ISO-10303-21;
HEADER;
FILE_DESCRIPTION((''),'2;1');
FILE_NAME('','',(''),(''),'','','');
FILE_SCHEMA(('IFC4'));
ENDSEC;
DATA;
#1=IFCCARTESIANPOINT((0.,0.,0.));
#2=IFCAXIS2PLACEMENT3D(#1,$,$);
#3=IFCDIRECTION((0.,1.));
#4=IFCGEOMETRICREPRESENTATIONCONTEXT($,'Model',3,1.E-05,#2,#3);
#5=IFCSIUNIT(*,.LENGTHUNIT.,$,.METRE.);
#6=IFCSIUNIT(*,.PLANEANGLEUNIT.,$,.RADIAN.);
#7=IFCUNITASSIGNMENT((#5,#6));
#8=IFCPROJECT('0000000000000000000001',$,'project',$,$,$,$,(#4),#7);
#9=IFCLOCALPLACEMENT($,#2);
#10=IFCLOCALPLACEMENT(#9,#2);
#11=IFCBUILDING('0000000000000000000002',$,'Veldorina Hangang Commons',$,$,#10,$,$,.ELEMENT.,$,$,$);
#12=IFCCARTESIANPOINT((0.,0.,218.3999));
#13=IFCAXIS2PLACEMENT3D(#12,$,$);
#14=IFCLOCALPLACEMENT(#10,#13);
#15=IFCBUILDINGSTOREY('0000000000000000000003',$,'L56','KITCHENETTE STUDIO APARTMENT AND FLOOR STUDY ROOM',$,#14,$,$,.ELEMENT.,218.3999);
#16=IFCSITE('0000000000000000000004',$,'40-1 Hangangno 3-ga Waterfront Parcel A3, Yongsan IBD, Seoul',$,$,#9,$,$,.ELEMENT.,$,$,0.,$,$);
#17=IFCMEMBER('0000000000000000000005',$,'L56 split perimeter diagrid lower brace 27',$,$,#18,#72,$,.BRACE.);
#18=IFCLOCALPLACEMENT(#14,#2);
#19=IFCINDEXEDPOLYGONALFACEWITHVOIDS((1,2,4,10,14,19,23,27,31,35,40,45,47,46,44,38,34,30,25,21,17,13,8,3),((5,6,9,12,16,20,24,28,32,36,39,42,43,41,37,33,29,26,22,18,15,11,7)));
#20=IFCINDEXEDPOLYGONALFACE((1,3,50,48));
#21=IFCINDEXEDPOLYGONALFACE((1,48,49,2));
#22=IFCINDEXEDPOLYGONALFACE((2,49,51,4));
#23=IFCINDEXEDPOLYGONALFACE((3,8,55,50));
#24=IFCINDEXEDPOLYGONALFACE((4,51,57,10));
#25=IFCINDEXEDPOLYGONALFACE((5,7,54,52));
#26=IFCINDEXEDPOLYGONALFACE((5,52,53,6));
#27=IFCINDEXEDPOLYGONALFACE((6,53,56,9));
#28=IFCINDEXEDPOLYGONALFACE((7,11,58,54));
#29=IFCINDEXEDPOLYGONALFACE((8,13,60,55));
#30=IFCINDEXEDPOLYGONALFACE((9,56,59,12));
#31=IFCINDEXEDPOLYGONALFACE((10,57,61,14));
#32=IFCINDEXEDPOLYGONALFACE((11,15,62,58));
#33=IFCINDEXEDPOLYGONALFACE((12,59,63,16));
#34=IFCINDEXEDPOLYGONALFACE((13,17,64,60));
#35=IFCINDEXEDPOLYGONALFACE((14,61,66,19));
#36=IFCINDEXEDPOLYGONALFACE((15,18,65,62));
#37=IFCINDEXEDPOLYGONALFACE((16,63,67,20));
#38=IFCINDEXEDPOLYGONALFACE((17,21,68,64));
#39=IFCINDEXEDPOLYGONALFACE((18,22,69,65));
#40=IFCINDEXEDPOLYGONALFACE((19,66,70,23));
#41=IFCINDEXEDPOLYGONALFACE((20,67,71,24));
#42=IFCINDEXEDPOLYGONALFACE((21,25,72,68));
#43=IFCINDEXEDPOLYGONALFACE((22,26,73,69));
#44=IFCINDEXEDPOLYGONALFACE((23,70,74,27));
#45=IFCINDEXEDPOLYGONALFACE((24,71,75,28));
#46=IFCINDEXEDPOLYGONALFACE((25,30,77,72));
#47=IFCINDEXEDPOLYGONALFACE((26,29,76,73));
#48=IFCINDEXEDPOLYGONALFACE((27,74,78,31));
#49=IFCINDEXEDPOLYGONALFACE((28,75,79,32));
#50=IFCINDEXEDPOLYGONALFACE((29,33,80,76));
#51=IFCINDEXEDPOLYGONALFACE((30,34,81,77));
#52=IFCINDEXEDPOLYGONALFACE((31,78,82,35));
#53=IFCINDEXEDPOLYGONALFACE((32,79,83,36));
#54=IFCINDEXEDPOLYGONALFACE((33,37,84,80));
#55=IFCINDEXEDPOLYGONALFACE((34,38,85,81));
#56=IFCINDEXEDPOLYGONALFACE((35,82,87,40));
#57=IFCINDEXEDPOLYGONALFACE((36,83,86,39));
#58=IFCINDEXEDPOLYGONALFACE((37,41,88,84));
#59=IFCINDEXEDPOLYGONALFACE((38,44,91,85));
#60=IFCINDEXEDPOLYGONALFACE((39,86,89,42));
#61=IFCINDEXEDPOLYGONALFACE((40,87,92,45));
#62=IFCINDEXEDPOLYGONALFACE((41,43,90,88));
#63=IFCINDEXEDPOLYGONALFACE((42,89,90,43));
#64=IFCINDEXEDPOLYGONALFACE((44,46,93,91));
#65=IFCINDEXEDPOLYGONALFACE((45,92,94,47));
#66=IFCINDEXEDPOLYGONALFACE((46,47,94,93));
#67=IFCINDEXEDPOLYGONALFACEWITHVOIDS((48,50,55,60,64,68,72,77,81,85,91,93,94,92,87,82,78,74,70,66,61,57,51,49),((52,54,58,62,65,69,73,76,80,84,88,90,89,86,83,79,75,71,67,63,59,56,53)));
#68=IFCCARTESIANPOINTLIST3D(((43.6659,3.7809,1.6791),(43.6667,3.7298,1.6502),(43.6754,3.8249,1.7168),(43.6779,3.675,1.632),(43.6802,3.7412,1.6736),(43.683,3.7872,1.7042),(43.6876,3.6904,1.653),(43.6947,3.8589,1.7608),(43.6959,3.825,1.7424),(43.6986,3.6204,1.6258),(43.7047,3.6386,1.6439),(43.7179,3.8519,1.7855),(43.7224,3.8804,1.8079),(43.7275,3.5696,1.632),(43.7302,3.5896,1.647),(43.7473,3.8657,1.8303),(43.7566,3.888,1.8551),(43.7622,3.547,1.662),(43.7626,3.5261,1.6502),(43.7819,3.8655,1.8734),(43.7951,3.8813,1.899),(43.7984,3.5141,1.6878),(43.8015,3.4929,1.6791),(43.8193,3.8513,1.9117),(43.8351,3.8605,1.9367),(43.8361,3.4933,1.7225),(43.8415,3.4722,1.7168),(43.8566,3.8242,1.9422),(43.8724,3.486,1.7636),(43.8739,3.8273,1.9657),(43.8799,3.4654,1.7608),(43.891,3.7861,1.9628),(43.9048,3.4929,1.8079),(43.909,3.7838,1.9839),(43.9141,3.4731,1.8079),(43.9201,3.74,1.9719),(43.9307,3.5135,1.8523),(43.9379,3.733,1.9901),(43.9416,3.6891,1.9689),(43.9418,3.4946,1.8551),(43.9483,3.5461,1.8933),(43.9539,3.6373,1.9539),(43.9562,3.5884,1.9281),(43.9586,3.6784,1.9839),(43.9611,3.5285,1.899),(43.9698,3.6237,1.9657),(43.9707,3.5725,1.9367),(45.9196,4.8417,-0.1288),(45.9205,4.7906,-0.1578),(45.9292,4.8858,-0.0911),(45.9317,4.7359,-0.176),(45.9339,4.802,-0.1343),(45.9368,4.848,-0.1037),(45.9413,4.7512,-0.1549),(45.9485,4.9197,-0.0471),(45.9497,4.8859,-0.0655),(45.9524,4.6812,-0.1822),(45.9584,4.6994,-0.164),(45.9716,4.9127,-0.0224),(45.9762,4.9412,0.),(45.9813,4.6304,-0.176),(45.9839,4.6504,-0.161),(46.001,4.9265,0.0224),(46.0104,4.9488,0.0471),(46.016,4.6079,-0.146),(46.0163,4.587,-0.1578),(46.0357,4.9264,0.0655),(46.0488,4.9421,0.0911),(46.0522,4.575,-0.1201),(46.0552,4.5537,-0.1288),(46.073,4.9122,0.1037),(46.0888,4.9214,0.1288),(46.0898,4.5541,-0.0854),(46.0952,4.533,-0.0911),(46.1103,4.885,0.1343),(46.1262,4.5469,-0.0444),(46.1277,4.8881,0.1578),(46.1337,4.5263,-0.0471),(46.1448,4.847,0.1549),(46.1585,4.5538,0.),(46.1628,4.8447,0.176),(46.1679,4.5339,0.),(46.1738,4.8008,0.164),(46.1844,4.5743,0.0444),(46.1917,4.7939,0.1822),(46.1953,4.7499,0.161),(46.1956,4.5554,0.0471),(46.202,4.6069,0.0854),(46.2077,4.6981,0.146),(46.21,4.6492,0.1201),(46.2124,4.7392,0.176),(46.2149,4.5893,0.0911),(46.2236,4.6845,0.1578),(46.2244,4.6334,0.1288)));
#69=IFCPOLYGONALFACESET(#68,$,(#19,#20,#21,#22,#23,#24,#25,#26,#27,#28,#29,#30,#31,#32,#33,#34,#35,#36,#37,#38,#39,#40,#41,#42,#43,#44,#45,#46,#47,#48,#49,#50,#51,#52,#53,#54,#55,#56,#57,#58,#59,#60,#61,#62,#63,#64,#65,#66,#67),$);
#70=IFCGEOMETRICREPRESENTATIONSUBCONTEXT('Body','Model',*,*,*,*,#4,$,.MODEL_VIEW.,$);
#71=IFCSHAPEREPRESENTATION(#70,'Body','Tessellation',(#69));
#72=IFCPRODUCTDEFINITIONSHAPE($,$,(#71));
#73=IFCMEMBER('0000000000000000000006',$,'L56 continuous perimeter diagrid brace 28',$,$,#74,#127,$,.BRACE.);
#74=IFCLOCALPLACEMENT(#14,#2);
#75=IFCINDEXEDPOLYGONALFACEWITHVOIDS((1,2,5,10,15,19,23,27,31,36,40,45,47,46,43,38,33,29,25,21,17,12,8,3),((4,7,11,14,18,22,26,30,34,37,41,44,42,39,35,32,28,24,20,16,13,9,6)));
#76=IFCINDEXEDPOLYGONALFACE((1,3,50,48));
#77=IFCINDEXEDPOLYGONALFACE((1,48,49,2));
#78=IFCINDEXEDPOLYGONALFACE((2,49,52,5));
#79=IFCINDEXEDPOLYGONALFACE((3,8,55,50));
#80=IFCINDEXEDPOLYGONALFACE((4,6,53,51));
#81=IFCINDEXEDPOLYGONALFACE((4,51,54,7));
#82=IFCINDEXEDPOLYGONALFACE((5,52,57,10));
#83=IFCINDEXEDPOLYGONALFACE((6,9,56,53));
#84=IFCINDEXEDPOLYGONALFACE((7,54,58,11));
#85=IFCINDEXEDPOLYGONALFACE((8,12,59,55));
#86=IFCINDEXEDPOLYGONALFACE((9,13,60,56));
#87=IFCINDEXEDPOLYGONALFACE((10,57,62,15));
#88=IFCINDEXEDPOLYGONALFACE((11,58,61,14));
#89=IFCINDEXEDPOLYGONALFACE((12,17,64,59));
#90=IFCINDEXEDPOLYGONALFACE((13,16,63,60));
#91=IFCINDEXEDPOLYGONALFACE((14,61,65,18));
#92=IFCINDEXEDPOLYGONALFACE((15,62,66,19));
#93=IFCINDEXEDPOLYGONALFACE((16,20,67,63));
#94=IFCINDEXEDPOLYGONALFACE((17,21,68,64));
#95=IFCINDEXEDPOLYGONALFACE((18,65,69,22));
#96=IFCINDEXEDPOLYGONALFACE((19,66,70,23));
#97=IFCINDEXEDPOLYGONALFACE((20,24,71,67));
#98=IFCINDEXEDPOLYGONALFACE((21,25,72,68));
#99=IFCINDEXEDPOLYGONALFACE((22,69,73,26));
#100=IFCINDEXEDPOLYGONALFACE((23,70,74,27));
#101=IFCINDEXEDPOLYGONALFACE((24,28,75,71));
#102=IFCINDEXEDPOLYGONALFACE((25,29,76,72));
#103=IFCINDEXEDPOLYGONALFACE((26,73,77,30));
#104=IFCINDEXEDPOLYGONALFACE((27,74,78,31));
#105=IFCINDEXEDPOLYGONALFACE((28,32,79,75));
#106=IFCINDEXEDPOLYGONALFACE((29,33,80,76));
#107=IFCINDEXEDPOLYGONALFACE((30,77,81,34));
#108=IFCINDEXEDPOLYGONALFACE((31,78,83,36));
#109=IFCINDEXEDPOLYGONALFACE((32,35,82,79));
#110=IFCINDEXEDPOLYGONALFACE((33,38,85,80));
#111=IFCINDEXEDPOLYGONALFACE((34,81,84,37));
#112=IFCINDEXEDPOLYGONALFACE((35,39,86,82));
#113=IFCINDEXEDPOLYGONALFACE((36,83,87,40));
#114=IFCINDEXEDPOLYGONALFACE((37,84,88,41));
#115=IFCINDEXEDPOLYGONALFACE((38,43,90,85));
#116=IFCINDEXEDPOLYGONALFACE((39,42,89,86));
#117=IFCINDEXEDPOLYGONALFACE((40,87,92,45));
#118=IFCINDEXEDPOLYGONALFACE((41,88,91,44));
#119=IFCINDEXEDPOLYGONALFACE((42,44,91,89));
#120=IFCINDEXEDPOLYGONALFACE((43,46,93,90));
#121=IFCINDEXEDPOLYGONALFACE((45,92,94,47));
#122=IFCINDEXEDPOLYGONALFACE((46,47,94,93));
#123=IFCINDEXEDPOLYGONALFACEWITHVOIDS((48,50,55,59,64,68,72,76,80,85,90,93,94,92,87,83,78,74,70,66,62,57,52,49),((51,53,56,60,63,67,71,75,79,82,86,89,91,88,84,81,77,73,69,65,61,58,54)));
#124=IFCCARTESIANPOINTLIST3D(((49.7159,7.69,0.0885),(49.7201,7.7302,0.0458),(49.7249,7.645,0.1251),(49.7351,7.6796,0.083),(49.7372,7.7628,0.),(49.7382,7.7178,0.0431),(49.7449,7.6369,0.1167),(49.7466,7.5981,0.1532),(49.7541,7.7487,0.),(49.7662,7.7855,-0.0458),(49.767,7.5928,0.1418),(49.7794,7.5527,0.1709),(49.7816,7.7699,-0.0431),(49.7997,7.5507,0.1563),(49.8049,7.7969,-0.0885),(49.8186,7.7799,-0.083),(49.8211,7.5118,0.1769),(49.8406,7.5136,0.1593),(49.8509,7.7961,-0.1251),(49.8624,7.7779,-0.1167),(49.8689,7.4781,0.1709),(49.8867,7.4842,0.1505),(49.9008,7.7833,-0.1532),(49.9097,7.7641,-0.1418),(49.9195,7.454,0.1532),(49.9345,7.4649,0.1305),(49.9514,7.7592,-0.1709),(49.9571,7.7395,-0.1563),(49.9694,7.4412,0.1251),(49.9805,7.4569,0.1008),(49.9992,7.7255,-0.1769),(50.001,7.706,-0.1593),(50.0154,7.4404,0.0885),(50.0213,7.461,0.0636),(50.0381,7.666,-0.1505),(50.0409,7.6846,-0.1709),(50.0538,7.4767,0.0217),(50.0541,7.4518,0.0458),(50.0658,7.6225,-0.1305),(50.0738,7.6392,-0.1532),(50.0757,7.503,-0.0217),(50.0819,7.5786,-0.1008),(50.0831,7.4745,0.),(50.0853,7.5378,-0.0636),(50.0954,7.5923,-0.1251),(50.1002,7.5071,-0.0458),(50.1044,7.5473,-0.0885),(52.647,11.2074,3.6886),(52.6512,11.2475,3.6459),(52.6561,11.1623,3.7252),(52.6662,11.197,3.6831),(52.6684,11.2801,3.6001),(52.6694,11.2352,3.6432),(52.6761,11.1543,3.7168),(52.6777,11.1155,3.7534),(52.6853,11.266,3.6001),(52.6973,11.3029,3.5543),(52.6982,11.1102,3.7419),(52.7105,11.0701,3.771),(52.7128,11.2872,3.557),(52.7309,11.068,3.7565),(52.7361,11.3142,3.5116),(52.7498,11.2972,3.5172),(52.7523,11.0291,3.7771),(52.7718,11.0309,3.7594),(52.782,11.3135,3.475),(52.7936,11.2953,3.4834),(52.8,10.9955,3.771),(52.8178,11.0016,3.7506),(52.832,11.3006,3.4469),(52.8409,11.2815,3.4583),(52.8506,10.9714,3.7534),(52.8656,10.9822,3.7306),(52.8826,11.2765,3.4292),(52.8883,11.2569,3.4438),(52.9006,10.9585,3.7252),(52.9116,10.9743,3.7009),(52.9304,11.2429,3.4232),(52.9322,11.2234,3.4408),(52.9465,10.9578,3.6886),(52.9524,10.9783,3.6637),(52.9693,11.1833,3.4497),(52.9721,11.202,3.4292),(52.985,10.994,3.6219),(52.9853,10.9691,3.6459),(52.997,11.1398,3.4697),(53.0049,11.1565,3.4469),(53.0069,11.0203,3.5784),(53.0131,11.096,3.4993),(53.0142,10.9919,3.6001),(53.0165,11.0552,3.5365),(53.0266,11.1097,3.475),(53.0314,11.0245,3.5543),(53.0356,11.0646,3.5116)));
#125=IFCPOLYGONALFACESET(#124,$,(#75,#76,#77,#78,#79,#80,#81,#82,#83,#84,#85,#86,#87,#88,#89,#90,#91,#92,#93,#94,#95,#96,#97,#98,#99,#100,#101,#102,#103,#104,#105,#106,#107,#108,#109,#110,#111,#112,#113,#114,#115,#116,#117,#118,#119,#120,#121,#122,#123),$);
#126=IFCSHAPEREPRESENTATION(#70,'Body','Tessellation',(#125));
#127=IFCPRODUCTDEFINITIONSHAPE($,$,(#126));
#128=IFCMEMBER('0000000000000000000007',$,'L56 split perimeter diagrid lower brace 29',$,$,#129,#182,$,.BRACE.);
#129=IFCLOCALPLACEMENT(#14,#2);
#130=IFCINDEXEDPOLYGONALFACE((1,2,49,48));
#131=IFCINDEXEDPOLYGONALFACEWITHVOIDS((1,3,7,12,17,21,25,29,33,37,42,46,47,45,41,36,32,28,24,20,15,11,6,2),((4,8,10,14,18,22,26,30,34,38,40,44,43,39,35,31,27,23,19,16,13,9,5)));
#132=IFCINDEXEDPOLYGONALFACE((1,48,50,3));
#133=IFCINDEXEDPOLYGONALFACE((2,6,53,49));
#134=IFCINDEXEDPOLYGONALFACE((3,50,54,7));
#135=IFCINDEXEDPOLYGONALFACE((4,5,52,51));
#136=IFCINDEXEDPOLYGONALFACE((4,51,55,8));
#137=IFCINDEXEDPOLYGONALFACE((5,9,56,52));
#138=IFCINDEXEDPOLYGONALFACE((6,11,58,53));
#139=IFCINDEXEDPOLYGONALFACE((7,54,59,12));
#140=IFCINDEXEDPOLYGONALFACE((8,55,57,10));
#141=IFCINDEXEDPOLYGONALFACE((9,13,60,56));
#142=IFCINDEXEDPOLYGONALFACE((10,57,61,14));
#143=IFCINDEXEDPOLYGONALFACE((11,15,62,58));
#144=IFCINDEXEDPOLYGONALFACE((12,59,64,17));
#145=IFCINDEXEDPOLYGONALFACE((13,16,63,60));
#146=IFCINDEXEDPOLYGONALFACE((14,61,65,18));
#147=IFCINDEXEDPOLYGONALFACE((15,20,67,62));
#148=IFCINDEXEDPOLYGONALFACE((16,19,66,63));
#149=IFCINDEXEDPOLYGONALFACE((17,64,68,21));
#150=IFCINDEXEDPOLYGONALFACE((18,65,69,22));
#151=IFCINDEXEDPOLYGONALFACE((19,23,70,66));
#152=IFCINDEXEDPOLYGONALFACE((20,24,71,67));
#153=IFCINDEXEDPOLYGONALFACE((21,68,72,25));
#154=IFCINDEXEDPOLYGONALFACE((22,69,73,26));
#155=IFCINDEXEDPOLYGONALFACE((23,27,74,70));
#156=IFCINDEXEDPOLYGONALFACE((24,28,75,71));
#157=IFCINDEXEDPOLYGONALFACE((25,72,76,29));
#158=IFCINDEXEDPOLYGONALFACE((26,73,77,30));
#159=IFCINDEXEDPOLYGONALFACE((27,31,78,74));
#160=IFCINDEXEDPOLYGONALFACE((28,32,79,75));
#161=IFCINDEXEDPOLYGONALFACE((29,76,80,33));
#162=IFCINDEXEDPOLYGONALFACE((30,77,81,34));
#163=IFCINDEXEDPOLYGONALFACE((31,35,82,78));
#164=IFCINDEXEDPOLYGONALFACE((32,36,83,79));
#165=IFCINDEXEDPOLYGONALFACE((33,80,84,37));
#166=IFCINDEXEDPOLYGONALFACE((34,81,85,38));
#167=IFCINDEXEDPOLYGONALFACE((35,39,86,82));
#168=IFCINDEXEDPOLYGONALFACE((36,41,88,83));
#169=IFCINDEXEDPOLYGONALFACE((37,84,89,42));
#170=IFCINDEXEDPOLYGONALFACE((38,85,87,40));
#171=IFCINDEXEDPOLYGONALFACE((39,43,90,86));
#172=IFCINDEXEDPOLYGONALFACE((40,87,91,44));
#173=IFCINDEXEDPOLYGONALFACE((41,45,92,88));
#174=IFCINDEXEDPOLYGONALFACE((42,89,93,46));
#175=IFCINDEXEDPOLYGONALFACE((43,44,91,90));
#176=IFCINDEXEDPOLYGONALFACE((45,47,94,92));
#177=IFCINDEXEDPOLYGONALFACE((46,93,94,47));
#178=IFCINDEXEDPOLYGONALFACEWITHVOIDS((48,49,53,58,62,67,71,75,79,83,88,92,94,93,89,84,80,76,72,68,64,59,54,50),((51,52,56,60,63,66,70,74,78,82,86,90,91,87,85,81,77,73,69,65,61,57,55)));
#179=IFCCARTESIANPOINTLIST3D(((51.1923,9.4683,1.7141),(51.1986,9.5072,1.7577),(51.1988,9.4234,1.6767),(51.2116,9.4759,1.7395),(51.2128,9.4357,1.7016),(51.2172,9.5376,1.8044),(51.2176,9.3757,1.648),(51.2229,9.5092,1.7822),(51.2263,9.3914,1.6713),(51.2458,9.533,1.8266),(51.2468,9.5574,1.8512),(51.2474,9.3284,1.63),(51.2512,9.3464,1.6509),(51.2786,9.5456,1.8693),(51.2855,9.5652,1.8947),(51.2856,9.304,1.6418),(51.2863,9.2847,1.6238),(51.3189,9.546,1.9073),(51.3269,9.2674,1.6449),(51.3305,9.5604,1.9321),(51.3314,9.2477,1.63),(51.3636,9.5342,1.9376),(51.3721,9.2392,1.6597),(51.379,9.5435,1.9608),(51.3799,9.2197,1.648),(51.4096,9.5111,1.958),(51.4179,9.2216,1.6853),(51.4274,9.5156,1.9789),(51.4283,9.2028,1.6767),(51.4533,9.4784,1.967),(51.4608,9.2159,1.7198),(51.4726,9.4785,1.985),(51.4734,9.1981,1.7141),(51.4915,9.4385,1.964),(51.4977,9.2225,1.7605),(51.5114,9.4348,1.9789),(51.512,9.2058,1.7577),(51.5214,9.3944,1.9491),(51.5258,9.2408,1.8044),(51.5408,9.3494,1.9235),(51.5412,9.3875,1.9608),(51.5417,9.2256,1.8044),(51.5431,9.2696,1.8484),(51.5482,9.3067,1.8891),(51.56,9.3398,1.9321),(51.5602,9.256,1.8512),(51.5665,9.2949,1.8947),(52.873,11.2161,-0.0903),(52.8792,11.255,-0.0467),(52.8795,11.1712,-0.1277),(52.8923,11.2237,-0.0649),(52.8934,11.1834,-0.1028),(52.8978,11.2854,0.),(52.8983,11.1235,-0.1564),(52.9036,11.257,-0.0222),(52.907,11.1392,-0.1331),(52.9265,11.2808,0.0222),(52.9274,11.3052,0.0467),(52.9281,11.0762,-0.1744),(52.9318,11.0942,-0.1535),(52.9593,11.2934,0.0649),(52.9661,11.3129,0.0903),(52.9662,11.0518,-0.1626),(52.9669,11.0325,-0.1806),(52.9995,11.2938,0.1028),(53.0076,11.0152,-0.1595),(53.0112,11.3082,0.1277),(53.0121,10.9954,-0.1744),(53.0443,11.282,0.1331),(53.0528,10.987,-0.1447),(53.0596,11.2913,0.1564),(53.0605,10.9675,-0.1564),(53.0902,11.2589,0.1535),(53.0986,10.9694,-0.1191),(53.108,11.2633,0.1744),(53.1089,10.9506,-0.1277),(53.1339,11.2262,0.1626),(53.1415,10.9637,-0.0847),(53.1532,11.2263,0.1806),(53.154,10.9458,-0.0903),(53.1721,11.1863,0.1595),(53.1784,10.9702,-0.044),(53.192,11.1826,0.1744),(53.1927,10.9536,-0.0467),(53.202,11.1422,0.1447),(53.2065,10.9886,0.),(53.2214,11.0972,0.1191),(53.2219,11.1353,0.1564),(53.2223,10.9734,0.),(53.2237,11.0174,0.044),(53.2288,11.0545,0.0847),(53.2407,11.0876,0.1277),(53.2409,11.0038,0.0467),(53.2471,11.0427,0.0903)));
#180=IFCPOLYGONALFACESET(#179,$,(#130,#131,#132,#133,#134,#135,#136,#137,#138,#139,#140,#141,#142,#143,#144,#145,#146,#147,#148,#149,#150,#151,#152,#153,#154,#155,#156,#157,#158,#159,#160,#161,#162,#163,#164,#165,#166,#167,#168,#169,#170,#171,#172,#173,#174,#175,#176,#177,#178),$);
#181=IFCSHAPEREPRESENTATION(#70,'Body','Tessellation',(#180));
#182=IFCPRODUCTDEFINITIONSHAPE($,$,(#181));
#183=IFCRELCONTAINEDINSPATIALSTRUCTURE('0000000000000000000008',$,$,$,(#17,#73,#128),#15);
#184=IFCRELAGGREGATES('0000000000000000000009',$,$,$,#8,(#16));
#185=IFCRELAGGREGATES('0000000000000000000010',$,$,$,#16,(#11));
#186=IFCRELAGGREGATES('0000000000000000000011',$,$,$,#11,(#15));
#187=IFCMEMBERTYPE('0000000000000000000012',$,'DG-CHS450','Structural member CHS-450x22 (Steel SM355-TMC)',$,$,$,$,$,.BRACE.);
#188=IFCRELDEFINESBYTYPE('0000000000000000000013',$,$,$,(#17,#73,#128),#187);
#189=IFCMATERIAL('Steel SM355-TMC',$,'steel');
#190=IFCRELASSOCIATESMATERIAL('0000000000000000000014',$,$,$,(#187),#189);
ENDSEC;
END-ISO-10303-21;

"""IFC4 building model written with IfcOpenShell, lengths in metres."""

from ifc_helpers import new_model, si_unit, direction, frame, origin, origin_2d, place, context, subcontext, project, spatial, hollow_circle, extrude, material, material_profile, profile_set, type_object, element, save


model = new_model("IFC4")

# Units and contexts
model_context = context("Model", 3, precision=1e-05, world=origin(), true_north=direction((0.0, 1.0)))
body_context = subcontext(model_context, "Body", "Model", "MODEL_VIEW")
ifc_project = project(units=[si_unit("LENGTHUNIT", "METRE"), si_unit("PLANEANGLEUNIT", "RADIAN")], contexts=[model_context])

# Site, building, storey
site_placement = place(None, origin())
site = spatial("IfcSite", under=ifc_project, at=site_placement, Name="40-1 Hangangno 3-ga Waterfront Parcel A3, Yongsan IBD, Seoul", CompositionType="ELEMENT", RefElevation=0.0)
building_placement = place(site_placement, origin())
building = spatial("IfcBuilding", under=site, at=building_placement, Name="Veldorina Hangang Commons", CompositionType="ELEMENT")
storey_placement = place(building_placement, frame((0.0, 0.0, 218.3999)))
storey = spatial("IfcBuildingStorey", under=building, at=storey_placement, Name="L56", Description="KITCHENETTE STUDIO APARTMENT AND FLOOR STUDY ROOM", CompositionType="ELEMENT", Elevation=218.3999)

# Shared definitions
ifc_material_1 = material(Name="Steel SM355-TMC", Category="steel")

# Members
ifc_material_profile_1 = material_profile(ifc_material_1, hollow_circle(Radius=0.2251, WallThickness=0.022, at=origin_2d()), Name="CHS-450x22")
ifc_profile_set_1 = profile_set([ifc_material_profile_1], Name="Steel SM355-TMC")
member_type_1 = type_object("IfcMemberType", Name="DG-CHS450", Description="Structural member CHS-450x22 (Steel SM355-TMC)", PredefinedType="BRACE", material=ifc_profile_set_1)
member_1_placement = place(storey_placement, frame((46.072, 4.7375, 0.0), z_axis=(-0.73224, -0.344663, 0.587394), x_axis=(0.425877, -0.904781, 0.0)))
element("IfcMember", 1, at=member_1_placement, inside=storey, type_object=member_type_1, Name="L56 split perimeter diagrid lower brace 27", PredefinedType="BRACE", context=body_context, shape_type="SweptSolid", body=[
    extrude(hollow_circle(Radius=0.2251, WallThickness=0.022, at=origin_2d()), origin(), (0.0, 0.0, 1.0), 3.0779),
])
member_2_placement = place(storey_placement, frame((49.9102, 7.6187, 0.0), z_axis=(0.503251, 0.603893, 0.618103), x_axis=(-0.768217, 0.64019, 0.0)))
element("IfcMember", 2, at=member_2_placement, inside=storey, type_object=member_type_1, Name="L56 continuous perimeter diagrid brace 28", PredefinedType="BRACE", context=body_context, shape_type="SweptSolid", body=[
    extrude(hollow_circle(Radius=0.2251, WallThickness=0.022, at=origin_2d()), origin(), (0.0, 0.0, 1.0), 5.8245),
])
member_3_placement = place(storey_placement, frame((53.0601, 11.1294, 0.0), z_axis=(-0.556052, -0.578265, 0.597005), x_axis=(0.720816, -0.693127, 0.0)))
element("IfcMember", 3, at=member_3_placement, inside=storey, type_object=member_type_1, Name="L56 split perimeter diagrid lower brace 29", PredefinedType="BRACE", context=body_context, shape_type="SweptSolid", body=[
    extrude(hollow_circle(Radius=0.2251, WallThickness=0.022, at=origin_2d()), origin(), (0.0, 0.0, 1.0), 3.0225),
])

save(model, "model.ifc")
